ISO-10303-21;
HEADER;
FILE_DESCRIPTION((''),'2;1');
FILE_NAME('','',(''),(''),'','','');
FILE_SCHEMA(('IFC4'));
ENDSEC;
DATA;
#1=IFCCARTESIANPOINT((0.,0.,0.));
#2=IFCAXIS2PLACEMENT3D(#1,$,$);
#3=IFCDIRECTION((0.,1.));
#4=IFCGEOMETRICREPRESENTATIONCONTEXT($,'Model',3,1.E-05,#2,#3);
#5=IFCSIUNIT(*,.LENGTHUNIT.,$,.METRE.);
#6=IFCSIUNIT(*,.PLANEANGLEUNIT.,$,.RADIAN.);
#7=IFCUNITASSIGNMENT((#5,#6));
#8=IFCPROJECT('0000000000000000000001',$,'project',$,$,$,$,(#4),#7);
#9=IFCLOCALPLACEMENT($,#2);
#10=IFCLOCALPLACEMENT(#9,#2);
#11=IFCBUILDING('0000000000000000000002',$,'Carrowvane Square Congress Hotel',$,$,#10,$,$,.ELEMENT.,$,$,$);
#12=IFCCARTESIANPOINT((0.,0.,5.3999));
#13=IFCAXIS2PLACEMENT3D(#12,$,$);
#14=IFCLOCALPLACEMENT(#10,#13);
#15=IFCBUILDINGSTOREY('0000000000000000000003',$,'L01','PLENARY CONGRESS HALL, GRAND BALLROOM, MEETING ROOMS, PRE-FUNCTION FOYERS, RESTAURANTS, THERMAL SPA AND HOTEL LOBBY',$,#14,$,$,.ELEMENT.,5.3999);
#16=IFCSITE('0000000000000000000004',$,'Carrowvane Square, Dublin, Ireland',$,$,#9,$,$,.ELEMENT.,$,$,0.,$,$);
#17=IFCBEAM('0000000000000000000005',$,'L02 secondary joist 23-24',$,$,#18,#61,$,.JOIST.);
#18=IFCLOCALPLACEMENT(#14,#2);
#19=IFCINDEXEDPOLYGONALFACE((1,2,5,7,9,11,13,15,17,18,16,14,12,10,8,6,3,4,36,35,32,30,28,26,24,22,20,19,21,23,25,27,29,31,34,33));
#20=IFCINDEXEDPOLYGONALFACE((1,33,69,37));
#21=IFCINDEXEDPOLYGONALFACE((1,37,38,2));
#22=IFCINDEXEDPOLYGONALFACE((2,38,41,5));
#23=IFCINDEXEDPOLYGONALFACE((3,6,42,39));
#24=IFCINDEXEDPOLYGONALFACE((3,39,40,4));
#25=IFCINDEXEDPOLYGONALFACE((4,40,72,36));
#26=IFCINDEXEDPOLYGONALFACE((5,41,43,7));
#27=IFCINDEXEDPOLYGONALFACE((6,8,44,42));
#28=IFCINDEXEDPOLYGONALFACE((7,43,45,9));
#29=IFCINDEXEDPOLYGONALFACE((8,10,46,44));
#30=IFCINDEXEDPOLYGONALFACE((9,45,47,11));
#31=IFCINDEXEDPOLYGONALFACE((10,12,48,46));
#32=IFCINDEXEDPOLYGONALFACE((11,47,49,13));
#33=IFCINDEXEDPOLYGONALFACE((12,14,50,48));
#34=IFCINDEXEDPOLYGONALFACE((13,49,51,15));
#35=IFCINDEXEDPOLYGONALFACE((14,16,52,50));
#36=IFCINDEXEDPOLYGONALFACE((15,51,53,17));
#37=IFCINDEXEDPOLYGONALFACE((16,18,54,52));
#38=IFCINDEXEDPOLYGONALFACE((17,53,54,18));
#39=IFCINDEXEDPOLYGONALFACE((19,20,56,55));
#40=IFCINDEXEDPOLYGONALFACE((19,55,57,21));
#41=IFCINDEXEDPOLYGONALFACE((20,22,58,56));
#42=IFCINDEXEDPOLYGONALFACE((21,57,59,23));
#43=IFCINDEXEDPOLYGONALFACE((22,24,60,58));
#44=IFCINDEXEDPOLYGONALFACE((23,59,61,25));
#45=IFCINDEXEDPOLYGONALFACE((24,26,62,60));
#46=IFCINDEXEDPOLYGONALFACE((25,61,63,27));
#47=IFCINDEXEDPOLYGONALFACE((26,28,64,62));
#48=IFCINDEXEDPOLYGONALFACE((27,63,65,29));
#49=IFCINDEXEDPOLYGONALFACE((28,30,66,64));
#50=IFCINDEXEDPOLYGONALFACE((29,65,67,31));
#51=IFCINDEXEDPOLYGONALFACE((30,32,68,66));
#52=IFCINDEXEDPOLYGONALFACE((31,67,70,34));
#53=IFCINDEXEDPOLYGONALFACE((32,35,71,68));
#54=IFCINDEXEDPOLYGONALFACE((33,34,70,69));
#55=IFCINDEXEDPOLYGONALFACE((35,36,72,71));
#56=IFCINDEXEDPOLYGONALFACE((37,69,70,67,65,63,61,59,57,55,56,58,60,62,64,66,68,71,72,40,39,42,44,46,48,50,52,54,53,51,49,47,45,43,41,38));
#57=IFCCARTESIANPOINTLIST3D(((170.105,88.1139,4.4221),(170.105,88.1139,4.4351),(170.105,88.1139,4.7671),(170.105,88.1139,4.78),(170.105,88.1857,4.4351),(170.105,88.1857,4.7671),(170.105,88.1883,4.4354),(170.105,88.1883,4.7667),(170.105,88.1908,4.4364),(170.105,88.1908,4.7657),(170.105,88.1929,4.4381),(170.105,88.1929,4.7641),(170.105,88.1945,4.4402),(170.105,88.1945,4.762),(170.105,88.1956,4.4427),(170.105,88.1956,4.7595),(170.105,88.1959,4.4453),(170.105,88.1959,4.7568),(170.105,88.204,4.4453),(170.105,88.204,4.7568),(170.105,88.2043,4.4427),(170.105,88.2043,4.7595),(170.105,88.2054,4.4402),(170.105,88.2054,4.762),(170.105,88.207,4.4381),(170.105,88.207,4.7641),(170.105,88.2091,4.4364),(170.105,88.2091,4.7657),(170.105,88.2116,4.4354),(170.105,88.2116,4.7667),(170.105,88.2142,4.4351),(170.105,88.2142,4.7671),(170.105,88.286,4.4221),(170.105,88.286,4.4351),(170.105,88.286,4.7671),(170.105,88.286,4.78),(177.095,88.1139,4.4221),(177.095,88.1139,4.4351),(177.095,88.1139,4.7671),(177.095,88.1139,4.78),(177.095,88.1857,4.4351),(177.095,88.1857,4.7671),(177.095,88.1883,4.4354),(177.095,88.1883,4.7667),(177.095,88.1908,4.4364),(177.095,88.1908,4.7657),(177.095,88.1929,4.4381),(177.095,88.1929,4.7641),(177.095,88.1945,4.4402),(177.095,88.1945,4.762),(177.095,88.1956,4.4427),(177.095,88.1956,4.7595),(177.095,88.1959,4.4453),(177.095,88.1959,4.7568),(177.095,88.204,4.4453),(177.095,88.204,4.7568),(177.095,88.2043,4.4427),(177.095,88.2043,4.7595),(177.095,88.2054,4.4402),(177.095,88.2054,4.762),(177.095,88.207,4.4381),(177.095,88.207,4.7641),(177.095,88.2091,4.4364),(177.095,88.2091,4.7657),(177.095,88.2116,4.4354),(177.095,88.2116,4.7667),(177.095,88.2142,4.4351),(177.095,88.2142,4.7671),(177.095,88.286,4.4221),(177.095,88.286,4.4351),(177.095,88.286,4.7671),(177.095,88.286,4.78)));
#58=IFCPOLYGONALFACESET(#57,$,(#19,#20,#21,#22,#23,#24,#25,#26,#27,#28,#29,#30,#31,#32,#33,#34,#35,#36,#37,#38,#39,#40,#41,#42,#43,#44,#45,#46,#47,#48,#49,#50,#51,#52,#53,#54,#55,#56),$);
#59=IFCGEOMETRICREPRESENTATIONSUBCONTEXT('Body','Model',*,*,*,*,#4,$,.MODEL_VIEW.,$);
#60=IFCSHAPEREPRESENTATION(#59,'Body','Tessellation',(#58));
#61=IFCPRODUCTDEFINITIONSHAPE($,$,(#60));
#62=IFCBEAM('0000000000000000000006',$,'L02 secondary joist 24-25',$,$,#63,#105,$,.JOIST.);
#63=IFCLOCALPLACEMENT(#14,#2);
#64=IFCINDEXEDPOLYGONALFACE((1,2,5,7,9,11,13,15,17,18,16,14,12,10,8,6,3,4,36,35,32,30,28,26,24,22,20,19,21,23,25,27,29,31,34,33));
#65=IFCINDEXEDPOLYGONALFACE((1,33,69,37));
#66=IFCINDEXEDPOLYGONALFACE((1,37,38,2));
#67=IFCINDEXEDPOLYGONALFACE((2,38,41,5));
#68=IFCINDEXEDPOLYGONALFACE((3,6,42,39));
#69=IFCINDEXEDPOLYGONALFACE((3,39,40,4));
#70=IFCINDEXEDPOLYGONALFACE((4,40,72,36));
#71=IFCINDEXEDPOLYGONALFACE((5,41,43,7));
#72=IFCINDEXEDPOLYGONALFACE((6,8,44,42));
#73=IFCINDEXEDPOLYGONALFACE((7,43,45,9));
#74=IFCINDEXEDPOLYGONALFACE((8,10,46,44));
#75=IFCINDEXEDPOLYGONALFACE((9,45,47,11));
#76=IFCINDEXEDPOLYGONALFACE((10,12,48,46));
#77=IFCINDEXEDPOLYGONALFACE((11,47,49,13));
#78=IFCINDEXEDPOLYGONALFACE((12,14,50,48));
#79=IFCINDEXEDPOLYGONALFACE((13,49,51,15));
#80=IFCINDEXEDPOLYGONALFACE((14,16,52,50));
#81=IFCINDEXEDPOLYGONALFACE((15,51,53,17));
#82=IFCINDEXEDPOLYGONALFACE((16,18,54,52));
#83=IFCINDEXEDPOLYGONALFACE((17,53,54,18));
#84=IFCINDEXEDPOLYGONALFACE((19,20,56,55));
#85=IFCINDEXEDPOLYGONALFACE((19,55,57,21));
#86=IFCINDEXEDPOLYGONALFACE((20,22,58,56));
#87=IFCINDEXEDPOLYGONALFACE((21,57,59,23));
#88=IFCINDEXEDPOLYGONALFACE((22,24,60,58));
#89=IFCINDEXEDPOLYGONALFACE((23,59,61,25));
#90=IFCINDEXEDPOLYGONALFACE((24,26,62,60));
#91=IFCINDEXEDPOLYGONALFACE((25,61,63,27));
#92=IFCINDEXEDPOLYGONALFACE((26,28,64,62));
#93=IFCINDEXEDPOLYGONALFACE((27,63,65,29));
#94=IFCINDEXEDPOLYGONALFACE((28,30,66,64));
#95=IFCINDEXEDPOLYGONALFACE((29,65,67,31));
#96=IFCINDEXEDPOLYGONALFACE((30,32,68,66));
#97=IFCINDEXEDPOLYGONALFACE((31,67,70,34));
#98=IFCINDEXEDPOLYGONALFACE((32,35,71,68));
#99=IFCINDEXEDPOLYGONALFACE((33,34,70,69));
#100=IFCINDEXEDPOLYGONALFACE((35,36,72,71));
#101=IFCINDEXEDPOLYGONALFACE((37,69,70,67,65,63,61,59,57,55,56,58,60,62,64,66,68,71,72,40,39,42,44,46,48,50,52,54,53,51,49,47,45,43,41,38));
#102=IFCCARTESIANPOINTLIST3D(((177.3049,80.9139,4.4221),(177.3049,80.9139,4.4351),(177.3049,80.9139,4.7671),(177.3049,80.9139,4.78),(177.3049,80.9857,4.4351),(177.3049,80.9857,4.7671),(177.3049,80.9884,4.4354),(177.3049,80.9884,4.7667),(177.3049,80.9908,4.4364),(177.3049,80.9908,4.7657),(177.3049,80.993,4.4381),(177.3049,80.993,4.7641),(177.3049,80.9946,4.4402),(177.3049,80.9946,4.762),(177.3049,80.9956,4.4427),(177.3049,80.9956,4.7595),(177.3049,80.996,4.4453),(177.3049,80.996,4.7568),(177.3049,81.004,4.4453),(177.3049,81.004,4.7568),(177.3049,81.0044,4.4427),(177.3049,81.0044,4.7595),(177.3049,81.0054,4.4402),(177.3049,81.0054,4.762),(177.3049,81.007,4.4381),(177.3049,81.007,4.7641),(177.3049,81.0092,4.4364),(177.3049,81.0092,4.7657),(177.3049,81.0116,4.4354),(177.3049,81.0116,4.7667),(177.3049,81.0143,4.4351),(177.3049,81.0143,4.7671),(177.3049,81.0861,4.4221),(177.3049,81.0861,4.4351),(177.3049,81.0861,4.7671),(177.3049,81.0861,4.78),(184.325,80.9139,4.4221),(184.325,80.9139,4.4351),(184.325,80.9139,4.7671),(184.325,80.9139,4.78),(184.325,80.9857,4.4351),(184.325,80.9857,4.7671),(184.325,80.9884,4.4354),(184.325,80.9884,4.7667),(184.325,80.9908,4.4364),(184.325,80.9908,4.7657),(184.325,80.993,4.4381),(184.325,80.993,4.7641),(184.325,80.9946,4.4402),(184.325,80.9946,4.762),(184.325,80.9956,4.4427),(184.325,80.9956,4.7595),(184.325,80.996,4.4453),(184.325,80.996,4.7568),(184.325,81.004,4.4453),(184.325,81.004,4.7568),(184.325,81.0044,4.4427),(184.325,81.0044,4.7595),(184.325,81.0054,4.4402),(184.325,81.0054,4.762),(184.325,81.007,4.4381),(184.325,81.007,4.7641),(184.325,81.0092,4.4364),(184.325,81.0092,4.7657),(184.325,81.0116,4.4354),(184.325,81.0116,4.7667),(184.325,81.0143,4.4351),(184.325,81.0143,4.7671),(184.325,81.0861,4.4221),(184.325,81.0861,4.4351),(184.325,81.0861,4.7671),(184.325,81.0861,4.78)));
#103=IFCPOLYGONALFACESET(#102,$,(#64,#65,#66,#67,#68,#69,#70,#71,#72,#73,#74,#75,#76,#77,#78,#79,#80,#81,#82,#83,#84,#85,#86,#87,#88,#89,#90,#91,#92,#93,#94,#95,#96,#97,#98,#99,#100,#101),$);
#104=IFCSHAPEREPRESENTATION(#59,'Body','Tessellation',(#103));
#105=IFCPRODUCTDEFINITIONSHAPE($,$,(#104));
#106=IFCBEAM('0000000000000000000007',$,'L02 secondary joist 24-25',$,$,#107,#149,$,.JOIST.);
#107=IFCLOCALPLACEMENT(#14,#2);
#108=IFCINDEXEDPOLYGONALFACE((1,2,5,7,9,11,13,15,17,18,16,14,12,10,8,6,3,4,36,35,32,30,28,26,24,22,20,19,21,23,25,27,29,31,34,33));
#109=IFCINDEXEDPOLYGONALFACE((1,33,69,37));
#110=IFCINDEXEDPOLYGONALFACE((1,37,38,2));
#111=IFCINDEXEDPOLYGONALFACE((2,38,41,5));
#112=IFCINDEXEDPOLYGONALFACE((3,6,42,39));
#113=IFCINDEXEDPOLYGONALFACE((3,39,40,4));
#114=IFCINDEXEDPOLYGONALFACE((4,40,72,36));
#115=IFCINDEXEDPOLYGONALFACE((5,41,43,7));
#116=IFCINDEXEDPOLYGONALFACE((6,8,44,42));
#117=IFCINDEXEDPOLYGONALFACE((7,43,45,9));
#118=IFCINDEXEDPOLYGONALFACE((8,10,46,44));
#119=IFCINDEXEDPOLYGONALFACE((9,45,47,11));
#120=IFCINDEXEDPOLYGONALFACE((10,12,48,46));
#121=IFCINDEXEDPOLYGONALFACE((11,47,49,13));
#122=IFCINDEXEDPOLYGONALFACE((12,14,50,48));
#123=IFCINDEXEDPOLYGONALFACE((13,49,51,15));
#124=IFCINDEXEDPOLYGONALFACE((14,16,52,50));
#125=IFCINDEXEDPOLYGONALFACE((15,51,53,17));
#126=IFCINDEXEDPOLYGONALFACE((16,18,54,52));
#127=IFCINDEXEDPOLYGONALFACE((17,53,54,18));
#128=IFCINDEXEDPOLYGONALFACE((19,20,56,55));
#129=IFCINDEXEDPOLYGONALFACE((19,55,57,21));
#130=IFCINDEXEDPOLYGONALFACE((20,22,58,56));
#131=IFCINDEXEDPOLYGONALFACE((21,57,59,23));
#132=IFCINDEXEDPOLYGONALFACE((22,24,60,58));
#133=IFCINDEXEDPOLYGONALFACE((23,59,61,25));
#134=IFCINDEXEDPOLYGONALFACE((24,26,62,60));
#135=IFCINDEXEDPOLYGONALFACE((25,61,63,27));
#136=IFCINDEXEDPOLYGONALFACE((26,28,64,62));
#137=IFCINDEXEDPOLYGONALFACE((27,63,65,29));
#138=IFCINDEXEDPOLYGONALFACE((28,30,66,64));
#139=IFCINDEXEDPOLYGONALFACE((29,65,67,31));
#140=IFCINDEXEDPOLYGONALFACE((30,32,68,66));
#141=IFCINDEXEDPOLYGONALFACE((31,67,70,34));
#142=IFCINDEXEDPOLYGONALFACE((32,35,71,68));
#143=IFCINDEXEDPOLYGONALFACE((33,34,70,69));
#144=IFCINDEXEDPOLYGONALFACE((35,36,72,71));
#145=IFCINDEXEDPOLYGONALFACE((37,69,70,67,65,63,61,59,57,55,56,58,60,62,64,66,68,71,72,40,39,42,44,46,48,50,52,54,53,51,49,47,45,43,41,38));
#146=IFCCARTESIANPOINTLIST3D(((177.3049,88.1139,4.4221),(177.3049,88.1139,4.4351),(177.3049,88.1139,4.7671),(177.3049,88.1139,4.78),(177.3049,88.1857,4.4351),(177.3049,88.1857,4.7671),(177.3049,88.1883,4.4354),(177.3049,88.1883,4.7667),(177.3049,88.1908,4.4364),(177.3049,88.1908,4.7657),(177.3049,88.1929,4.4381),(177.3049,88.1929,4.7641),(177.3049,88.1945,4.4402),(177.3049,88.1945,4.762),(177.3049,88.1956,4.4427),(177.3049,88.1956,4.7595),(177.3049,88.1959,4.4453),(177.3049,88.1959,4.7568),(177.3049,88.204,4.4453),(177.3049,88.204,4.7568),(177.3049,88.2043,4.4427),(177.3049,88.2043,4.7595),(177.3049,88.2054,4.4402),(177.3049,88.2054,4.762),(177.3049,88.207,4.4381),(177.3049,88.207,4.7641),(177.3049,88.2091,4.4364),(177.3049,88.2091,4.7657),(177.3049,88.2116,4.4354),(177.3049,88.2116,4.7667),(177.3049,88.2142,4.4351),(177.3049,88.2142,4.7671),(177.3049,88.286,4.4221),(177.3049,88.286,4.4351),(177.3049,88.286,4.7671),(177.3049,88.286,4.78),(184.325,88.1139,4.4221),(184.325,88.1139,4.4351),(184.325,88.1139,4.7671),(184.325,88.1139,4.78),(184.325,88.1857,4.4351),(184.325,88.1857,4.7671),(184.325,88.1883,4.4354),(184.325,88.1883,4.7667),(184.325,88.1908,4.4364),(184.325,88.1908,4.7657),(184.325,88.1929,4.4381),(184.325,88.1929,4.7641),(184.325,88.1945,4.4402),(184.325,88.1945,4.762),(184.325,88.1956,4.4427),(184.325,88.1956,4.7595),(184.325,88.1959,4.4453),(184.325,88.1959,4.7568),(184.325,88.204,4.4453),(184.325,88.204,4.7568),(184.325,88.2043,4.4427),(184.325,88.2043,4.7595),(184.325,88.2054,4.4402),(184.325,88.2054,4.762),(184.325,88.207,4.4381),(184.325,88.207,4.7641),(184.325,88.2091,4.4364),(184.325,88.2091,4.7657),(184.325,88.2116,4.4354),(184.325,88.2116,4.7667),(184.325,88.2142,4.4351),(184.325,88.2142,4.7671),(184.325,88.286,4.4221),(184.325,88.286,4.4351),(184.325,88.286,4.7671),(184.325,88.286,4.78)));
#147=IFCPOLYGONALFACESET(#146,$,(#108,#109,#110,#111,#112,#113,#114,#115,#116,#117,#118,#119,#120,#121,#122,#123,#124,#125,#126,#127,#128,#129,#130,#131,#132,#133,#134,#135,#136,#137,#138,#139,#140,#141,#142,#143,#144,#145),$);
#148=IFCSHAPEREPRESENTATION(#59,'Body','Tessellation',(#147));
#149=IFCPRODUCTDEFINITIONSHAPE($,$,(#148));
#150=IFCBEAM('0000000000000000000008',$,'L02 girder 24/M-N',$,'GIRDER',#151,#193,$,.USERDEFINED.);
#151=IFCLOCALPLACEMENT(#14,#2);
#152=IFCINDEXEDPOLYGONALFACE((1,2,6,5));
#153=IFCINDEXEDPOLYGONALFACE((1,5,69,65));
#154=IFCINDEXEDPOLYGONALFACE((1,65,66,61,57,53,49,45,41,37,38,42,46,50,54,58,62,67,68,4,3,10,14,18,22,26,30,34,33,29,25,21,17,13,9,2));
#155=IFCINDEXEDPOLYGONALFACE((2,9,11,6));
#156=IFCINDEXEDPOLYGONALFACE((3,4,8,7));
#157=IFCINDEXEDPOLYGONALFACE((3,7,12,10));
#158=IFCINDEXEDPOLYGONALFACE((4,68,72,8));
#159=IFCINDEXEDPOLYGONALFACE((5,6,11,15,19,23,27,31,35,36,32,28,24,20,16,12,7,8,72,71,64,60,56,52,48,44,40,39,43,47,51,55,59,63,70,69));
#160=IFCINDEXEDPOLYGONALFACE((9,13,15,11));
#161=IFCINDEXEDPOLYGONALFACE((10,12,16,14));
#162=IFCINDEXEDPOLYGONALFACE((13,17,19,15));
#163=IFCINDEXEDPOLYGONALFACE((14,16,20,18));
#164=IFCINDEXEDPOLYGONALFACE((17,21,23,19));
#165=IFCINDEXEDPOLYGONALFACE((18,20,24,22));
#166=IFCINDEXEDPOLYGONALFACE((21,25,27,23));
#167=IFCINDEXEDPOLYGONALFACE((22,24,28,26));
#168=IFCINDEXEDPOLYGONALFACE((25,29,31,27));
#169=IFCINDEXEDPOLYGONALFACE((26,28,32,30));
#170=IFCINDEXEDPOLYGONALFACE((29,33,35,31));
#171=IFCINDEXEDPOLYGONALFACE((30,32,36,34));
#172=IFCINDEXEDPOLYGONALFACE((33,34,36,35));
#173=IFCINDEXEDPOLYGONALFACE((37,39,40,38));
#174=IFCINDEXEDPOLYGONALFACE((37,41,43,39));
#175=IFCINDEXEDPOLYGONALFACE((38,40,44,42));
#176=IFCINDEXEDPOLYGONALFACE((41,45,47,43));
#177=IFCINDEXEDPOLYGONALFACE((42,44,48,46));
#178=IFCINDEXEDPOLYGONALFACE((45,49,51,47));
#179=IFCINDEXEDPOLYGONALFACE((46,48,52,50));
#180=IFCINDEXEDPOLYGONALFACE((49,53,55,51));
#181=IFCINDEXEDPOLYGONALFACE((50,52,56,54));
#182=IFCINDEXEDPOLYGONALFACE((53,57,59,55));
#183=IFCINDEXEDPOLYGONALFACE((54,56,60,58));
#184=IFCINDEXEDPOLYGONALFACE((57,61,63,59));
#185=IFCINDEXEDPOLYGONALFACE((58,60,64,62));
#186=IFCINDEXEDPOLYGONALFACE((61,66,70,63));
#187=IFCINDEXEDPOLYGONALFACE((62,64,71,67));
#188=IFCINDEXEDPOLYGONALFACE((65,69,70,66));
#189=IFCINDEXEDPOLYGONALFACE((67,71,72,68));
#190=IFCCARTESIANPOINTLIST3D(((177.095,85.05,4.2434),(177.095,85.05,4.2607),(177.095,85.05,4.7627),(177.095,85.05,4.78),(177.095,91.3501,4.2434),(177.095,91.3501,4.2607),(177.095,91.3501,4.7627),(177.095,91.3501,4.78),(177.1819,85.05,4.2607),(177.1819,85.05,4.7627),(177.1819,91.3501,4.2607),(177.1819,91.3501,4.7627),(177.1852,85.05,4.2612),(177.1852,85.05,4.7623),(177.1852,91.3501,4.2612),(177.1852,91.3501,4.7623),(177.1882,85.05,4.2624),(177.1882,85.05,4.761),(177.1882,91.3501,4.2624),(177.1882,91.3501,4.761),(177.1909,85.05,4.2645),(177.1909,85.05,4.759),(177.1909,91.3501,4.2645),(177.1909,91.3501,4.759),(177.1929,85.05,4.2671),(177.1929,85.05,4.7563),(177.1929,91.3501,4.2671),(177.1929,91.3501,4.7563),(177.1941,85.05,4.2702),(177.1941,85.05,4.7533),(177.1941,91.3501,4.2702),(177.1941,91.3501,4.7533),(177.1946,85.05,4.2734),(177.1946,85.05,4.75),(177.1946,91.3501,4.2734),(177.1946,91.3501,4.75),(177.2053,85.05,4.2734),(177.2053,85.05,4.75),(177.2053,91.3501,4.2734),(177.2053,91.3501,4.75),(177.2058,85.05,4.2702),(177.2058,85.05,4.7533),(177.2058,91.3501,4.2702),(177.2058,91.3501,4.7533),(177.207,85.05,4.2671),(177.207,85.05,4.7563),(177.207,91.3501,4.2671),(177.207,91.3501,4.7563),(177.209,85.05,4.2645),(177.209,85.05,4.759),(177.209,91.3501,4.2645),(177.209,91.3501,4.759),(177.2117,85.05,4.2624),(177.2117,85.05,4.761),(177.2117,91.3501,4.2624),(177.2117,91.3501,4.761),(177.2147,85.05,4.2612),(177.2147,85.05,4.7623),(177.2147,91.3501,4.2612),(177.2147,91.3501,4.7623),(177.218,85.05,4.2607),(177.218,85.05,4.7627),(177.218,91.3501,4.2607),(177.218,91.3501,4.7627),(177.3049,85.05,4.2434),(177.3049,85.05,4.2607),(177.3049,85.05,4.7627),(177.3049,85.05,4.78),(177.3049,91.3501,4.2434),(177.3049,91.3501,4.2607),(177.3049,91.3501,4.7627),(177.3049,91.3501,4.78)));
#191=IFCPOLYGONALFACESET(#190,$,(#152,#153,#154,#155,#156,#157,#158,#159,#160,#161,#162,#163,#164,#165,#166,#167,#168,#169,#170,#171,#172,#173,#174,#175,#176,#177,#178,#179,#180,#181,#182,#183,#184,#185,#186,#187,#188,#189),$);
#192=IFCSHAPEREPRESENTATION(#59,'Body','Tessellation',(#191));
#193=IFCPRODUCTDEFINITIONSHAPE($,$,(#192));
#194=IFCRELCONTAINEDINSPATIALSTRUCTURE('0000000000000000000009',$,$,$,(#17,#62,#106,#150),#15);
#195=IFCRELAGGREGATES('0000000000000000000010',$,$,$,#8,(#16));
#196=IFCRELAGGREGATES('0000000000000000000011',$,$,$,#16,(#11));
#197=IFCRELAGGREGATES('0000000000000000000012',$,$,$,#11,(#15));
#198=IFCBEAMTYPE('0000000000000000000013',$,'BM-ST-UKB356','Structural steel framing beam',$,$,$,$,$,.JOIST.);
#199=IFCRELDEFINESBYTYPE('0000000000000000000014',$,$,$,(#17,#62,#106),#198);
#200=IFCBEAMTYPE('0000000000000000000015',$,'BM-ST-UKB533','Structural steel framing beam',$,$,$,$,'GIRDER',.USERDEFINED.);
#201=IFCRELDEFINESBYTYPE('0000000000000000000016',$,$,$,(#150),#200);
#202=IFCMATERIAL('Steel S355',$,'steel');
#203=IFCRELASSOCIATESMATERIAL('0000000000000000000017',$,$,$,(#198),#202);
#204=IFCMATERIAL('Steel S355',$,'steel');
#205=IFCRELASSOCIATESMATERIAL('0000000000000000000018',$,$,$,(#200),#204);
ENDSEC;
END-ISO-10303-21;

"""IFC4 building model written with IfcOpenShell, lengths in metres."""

from ifc_helpers import new_model, si_unit, direction, frame, origin, origin_2d, place, context, subcontext, project, spatial, i_section, extrude, material, material_profile, profile_set, type_object, element, save


model = new_model("IFC4")

# Units and contexts
model_context = context("Model", 3, precision=1e-05, world=origin(), true_north=direction((0.0, 1.0)))
body_context = subcontext(model_context, "Body", "Model", "MODEL_VIEW")
ifc_project = project(units=[si_unit("LENGTHUNIT", "METRE"), si_unit("PLANEANGLEUNIT", "RADIAN")], contexts=[model_context])

# Site, building, storey
site_placement = place(None, origin())
site = spatial("IfcSite", under=ifc_project, at=site_placement, Name="Carrowvane Square, Dublin, Ireland", CompositionType="ELEMENT", RefElevation=0.0)
building_placement = place(site_placement, origin())
building = spatial("IfcBuilding", under=site, at=building_placement, Name="Carrowvane Square Congress Hotel", CompositionType="ELEMENT")
storey_placement = place(building_placement, frame((0.0, 0.0, 5.3999)))
storey = spatial("IfcBuildingStorey", under=building, at=storey_placement, Name="L01", Description="PLENARY CONGRESS HALL, GRAND BALLROOM, MEETING ROOMS, PRE-FUNCTION FOYERS, RESTAURANTS, THERMAL SPA AND HOTEL LOBBY", CompositionType="ELEMENT", Elevation=5.3999)

# Beams
ifc_material_1 = material(Name="Steel S355", Category="steel")
ifc_material_profile_1 = material_profile(ifc_material_1, i_section(OverallWidth=0.1721, OverallDepth=0.3579, WebThickness=0.0081, FlangeThickness=0.0129, FilletRadius=0.0103, at=origin_2d()), Name="UKB 356x171x57")
ifc_profile_set_1 = profile_set([ifc_material_profile_1], Name="Steel S355")
beam_type_1 = type_object("IfcBeamType", Name="BM-ST-UKB356", Description="Structural steel framing beam", PredefinedType="JOIST", material=ifc_profile_set_1)
for number, where, z_axis, x_axis, name in (
    (1, (170.105, 88.2, 4.6011), (1.0, 0.0, 0.0), (0.0, 1.0, 0.0), "L02 secondary joist 23-24"),
):
    element("IfcBeam", number, at=place(storey_placement, frame(where, z_axis=z_axis, x_axis=x_axis)), inside=storey, type_object=beam_type_1, Name=name, PredefinedType="JOIST", context=body_context, shape_type="SweptSolid", body=[
        extrude(i_section(OverallWidth=0.1721, OverallDepth=0.3579, WebThickness=0.0081, FlangeThickness=0.0129, FilletRadius=0.0103, at=origin_2d()), origin(), (0.0, 0.0, 1.0), 6.99),
    ])
for number, where, z_axis, x_axis, name in (
    (2, (177.3049, 81.0, 4.6011), (1.0, 0.0, 0.0), (0.0, 1.0, 0.0), "L02 secondary joist 24-25"),
    (3, (177.3049, 88.2, 4.6011), (1.0, 0.0, 0.0), (0.0, 1.0, 0.0), "L02 secondary joist 24-25"),
):
    element("IfcBeam", number, at=place(storey_placement, frame(where, z_axis=z_axis, x_axis=x_axis)), inside=storey, type_object=beam_type_1, Name=name, PredefinedType="JOIST", context=body_context, shape_type="SweptSolid", body=[
        extrude(i_section(OverallWidth=0.1721, OverallDepth=0.3579, WebThickness=0.0081, FlangeThickness=0.0129, FilletRadius=0.0103, at=origin_2d()), origin(), (0.0, 0.0, 1.0), 7.02),
    ])
ifc_material_2 = material(Name="Steel S355", Category="steel")
ifc_material_profile_2 = material_profile(ifc_material_2, i_section(OverallWidth=0.21, OverallDepth=0.5366, WebThickness=0.0107, FlangeThickness=0.0173, FilletRadius=0.0127, at=origin_2d()), Name="UKB 533x210x101")
ifc_profile_set_2 = profile_set([ifc_material_profile_2], Name="Steel S355")
beam_type_2 = type_object("IfcBeamType", Name="BM-ST-UKB533", Description="Structural steel framing beam", ElementType="GIRDER", PredefinedType="USERDEFINED", material=ifc_profile_set_2)
beam_1_placement = place(storey_placement, frame((177.2, 85.05, 4.5117), z_axis=(0.0, 1.0, 0.0), x_axis=(-1.0, 0.0, 0.0)))
element("IfcBeam", 4, at=beam_1_placement, inside=storey, type_object=beam_type_2, Name="L02 girder 24/M-N", ObjectType="GIRDER", PredefinedType="USERDEFINED", context=body_context, shape_type="SweptSolid", body=[
    extrude(i_section(OverallWidth=0.21, OverallDepth=0.5366, WebThickness=0.0107, FlangeThickness=0.0173, FilletRadius=0.0127, at=origin_2d()), origin(), (0.0, 0.0, 1.0), 6.3),
])

save(model, "model.ifc")
